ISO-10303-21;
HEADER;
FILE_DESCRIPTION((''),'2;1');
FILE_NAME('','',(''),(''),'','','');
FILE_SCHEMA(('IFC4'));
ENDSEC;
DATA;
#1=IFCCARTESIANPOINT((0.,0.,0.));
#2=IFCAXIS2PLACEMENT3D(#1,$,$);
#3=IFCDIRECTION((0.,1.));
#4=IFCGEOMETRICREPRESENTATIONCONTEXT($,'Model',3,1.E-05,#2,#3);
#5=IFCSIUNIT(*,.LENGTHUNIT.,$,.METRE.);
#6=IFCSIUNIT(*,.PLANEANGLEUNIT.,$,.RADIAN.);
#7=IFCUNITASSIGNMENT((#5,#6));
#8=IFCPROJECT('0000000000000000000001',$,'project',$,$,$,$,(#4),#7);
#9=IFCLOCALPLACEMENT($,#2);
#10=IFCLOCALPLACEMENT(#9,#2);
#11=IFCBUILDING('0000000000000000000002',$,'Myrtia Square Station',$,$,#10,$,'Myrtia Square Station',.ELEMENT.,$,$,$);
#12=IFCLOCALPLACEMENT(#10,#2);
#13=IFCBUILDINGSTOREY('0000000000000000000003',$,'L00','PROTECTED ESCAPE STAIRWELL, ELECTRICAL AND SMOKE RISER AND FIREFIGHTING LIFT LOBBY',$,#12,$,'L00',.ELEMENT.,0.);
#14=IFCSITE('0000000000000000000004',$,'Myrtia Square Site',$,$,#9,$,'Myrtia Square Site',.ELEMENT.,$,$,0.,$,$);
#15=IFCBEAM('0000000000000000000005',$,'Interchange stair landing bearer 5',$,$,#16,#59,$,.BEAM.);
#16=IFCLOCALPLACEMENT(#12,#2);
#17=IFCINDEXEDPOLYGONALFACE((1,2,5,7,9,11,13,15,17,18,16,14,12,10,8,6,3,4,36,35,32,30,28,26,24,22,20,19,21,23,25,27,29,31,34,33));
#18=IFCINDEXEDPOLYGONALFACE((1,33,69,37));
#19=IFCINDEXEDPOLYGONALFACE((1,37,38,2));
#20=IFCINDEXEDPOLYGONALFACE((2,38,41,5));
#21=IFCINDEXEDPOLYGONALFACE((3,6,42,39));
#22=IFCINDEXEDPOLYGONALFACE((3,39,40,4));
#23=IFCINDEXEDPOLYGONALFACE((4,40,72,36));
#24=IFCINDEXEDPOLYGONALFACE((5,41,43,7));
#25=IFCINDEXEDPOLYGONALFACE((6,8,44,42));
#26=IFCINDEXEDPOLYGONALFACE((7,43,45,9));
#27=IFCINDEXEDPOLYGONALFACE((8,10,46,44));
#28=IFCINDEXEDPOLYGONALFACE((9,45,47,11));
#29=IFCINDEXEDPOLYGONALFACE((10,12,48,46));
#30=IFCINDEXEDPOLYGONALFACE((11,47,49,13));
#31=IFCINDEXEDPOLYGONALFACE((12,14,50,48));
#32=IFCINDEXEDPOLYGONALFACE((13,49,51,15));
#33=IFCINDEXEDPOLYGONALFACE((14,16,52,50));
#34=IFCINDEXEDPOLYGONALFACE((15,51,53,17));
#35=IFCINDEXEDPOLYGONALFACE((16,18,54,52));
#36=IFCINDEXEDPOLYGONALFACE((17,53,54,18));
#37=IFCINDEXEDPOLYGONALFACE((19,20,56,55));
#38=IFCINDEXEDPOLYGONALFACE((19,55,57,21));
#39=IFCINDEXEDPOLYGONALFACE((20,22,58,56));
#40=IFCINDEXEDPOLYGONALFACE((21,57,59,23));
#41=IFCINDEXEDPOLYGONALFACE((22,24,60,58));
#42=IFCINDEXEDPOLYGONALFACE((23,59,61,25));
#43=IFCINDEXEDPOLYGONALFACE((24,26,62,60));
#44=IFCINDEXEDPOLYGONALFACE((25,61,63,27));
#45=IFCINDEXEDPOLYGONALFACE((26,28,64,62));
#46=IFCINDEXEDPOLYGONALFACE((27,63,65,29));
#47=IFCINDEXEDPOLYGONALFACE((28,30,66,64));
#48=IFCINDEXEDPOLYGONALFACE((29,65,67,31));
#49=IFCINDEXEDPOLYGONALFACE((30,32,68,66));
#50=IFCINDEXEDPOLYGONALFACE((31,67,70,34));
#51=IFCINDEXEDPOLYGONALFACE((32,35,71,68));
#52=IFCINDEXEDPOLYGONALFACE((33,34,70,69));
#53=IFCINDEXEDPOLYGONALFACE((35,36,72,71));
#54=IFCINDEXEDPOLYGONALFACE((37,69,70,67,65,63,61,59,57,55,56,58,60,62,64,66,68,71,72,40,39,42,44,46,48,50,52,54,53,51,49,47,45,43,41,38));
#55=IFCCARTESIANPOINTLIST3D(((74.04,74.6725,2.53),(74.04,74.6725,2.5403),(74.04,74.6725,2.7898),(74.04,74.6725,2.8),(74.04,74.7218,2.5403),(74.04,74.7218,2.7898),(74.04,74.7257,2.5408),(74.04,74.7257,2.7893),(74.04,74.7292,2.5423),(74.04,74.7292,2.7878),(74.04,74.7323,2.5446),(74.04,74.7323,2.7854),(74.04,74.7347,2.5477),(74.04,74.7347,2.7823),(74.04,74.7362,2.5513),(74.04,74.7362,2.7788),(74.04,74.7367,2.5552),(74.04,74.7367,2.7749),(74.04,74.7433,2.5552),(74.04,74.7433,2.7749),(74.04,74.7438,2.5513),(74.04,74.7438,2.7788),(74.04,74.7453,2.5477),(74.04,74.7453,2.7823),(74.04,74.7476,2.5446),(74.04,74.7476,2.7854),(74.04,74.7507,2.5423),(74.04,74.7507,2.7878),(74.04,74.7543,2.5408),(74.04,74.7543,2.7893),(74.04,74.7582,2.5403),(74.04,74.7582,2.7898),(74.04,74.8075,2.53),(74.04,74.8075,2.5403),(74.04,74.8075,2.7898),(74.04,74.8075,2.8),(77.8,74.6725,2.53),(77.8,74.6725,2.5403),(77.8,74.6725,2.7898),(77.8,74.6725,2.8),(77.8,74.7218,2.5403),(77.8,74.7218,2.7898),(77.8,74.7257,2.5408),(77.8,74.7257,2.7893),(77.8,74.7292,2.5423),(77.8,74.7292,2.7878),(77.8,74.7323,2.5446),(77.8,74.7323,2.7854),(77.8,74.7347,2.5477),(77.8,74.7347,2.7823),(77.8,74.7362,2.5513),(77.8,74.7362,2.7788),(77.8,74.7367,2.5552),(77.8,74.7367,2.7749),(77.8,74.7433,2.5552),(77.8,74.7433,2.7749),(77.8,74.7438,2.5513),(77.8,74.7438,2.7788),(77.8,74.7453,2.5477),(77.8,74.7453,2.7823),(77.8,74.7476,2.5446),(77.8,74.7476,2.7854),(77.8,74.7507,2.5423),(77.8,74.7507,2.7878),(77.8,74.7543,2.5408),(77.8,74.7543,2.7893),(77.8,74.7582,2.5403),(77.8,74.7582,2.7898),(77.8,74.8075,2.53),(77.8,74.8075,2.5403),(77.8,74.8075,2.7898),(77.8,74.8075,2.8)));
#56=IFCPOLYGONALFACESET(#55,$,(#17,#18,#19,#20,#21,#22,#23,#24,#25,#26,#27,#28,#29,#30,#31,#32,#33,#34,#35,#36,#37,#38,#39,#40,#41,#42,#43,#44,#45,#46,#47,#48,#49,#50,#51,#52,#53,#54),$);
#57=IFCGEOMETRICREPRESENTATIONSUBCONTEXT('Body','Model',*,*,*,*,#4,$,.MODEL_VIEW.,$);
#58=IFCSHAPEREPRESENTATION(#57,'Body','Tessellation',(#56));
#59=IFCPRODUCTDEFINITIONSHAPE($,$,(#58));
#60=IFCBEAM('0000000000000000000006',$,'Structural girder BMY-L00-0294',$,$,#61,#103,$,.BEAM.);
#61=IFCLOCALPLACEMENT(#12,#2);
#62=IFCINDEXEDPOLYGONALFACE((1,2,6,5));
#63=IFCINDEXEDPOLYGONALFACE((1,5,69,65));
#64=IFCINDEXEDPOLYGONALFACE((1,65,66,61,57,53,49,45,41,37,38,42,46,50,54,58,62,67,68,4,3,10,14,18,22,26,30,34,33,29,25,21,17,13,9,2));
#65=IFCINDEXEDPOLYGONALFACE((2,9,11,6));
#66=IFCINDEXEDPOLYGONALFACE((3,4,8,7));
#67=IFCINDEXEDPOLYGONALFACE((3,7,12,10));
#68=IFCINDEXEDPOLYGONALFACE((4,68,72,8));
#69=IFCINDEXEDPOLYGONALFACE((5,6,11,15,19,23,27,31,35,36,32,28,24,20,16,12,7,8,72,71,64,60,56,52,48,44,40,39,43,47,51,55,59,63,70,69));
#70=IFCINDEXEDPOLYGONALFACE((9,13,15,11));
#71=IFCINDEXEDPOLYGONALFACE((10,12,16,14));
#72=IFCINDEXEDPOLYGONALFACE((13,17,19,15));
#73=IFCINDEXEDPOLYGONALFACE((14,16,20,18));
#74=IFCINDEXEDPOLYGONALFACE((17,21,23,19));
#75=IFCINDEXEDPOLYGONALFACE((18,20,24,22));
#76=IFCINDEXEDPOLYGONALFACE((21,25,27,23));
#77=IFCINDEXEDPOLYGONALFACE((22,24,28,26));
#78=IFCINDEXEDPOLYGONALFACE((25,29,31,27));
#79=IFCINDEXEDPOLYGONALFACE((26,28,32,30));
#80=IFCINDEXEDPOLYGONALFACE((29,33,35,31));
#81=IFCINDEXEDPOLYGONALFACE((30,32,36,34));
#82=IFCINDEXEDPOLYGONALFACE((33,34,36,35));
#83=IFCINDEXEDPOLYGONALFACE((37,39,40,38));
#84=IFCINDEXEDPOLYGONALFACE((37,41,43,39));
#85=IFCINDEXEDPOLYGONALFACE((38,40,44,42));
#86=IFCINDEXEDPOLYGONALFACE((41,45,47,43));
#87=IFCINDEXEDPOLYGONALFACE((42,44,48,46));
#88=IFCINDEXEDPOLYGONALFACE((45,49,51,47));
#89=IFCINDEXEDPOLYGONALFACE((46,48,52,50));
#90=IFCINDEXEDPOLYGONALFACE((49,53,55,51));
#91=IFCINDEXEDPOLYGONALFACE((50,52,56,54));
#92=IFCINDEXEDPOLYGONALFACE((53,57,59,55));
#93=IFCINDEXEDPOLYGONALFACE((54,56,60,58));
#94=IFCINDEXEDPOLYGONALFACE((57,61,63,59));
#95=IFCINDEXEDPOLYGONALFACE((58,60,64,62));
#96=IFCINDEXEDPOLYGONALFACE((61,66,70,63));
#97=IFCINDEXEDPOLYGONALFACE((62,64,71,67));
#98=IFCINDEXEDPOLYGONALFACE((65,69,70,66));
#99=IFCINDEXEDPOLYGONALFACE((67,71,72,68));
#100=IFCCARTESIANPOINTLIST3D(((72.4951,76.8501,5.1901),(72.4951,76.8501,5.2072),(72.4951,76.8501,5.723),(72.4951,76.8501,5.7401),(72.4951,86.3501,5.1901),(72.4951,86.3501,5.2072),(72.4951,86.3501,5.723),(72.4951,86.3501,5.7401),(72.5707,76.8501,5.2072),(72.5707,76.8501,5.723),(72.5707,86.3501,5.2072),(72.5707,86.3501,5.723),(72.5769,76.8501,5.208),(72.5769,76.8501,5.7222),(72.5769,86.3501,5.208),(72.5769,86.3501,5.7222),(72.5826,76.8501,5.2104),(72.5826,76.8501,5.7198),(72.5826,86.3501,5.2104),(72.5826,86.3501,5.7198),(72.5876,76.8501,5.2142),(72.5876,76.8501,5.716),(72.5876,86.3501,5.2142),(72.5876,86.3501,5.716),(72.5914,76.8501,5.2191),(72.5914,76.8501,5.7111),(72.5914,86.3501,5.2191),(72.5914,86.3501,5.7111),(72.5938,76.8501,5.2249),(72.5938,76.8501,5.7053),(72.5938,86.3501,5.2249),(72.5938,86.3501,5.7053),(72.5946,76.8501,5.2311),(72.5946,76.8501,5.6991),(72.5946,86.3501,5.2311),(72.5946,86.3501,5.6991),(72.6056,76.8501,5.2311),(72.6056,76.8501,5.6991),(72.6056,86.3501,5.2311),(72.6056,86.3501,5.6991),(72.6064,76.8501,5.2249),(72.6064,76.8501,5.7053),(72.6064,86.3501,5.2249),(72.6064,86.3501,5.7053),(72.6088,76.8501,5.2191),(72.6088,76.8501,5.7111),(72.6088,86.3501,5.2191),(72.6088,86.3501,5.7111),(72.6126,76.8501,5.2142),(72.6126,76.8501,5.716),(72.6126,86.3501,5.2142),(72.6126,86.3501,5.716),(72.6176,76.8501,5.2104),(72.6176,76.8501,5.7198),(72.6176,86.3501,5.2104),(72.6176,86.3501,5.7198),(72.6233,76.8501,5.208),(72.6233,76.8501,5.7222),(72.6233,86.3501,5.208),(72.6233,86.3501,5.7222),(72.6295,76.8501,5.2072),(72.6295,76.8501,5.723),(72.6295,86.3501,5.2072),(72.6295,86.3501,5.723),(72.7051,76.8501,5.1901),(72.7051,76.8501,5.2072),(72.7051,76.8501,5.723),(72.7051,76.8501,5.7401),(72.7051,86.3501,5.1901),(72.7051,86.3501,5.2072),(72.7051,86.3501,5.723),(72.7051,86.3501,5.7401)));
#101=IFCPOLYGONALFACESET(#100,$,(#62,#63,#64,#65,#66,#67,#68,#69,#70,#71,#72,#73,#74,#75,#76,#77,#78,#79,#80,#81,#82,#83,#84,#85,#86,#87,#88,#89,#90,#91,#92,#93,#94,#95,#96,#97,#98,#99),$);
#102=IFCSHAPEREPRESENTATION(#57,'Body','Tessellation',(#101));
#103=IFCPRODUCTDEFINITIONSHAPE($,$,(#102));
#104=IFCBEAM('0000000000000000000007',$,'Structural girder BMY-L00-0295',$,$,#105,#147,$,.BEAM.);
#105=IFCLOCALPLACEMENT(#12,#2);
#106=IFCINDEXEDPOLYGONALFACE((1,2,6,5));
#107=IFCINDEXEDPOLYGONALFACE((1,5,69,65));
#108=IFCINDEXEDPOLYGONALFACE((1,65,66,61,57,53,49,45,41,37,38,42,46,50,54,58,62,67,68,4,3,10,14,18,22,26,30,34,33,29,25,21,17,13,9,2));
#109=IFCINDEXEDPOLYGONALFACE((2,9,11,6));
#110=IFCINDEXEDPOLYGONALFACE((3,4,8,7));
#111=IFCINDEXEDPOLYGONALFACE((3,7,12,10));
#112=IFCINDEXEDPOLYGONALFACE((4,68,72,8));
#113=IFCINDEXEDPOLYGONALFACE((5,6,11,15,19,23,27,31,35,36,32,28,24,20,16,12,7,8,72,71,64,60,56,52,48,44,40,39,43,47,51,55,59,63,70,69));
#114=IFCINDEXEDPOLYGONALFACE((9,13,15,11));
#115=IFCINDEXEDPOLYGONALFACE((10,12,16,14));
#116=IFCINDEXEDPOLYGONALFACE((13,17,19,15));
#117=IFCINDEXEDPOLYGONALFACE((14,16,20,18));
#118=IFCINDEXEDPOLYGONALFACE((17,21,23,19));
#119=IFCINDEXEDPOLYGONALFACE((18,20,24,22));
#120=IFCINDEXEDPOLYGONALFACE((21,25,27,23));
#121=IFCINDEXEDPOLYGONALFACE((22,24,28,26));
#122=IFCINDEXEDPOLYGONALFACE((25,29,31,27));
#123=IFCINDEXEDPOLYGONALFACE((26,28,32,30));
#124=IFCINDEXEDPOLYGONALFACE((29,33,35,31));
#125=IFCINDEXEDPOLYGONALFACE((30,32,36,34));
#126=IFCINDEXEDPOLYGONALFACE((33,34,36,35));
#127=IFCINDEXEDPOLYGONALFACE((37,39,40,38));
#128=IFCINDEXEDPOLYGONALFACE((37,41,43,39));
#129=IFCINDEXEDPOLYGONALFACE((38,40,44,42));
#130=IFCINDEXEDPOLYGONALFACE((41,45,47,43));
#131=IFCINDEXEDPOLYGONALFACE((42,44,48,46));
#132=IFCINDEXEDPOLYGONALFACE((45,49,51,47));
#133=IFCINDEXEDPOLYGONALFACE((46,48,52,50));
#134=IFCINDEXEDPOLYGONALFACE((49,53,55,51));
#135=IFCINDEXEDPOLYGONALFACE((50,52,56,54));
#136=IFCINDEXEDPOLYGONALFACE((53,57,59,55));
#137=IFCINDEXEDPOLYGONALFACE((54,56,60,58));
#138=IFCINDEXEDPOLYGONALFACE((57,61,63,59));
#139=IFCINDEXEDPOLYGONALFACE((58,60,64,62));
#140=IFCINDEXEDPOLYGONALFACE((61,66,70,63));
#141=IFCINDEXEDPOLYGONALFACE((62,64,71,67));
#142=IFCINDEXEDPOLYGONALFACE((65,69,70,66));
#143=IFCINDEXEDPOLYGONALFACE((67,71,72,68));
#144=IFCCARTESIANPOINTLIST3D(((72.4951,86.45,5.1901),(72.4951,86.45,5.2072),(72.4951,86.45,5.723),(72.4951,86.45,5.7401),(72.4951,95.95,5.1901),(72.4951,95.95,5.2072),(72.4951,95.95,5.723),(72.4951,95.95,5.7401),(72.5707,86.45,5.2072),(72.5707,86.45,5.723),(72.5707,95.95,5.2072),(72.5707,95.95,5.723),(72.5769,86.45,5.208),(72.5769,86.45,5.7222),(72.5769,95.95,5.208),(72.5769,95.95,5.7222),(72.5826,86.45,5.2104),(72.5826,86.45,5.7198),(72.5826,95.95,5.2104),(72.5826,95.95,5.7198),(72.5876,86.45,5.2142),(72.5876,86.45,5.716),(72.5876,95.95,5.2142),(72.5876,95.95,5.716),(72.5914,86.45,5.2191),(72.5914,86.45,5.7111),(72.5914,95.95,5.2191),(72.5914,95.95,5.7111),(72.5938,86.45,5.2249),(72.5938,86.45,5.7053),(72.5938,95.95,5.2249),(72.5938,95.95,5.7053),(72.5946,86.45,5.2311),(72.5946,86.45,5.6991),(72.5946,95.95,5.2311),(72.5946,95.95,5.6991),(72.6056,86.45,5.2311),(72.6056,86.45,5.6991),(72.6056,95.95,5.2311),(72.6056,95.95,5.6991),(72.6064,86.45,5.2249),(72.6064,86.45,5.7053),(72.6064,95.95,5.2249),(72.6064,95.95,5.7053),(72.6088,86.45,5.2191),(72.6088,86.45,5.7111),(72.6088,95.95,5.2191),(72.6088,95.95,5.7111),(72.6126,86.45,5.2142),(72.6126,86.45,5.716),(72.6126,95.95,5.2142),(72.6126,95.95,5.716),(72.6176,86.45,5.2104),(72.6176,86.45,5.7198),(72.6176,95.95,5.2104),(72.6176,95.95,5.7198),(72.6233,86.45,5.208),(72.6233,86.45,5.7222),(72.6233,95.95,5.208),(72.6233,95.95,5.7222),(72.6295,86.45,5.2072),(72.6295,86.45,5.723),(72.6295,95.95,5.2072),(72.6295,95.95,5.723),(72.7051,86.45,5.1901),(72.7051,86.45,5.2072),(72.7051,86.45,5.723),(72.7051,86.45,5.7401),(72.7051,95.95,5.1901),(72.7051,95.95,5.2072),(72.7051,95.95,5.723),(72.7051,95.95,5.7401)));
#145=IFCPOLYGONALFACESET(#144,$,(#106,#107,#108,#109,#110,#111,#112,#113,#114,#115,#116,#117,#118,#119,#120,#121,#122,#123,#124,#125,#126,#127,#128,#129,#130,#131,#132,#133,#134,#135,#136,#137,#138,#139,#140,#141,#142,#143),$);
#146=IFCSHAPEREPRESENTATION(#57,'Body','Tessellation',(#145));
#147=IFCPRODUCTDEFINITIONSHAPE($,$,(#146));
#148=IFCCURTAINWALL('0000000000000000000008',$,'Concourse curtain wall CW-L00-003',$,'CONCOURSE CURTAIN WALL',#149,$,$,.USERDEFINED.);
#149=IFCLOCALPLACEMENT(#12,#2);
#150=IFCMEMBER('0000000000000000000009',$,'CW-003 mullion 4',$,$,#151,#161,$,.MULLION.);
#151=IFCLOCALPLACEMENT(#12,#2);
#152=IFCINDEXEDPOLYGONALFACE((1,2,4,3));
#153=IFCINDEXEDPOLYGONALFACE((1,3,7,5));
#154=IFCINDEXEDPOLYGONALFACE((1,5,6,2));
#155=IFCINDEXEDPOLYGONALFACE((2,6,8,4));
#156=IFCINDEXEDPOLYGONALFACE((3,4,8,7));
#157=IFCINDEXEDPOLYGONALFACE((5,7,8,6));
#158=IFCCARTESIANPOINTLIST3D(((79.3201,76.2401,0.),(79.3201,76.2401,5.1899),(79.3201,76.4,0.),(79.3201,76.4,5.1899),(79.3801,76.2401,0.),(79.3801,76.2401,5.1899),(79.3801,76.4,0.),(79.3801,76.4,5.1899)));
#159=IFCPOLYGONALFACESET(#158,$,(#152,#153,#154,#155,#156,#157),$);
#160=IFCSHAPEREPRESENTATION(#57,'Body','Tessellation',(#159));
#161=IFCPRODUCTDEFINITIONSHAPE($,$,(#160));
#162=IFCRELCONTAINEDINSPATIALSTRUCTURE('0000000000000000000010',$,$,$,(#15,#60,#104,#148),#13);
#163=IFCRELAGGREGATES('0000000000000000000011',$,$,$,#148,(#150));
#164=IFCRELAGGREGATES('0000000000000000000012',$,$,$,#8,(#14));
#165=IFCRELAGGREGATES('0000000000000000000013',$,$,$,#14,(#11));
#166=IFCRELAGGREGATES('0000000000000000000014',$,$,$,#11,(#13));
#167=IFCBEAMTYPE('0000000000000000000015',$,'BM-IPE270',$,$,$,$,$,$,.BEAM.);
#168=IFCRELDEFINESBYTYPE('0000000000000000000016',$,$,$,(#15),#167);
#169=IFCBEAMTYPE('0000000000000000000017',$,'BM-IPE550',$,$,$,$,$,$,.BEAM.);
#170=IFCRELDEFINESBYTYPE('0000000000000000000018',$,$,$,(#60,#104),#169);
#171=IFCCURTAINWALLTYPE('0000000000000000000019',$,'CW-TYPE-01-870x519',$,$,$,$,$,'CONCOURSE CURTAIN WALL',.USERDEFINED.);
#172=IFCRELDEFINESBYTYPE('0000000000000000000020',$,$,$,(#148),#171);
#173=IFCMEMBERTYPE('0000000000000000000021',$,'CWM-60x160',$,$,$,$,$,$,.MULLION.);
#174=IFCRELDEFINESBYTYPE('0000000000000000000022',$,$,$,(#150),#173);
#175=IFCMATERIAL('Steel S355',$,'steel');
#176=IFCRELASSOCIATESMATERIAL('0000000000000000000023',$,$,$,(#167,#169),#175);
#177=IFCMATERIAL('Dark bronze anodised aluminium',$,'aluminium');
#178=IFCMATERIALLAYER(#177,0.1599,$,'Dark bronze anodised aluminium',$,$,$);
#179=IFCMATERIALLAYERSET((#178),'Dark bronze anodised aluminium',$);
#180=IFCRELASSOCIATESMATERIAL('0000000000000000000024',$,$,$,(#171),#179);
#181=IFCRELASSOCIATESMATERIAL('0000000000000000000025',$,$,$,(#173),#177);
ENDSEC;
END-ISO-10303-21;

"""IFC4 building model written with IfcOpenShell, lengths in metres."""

from ifc_helpers import new_model, si_unit, direction, frame, origin, origin_2d, place, context, subcontext, project, spatial, rectangle, i_section, extrude, material, layer, layer_set, material_profile, profile_set, type_object, element, aggregate, save


model = new_model("IFC4")

# Units and contexts
model_context = context("Model", 3, precision=1e-05, world=origin(), true_north=direction((0.0, 1.0)))
body_context = subcontext(model_context, "Body", "Model", "MODEL_VIEW")
ifc_project = project(units=[si_unit("LENGTHUNIT", "METRE"), si_unit("PLANEANGLEUNIT", "RADIAN")], contexts=[model_context])

# Site, building, storey
site_placement = place(None, origin())
site = spatial("IfcSite", under=ifc_project, at=site_placement, Name="Myrtia Square Site", LongName="Myrtia Square Site", CompositionType="ELEMENT", RefElevation=0.0)
building_placement = place(site_placement, origin())
building = spatial("IfcBuilding", under=site, at=building_placement, Name="Myrtia Square Station", LongName="Myrtia Square Station", CompositionType="ELEMENT")
storey_placement = place(building_placement, origin())
storey = spatial("IfcBuildingStorey", under=building, at=storey_placement, Name="L00", Description="PROTECTED ESCAPE STAIRWELL, ELECTRICAL AND SMOKE RISER AND FIREFIGHTING LIFT LOBBY", LongName="L00", CompositionType="ELEMENT", Elevation=0.0)

# Shared definitions
ifc_material_1 = material(Name="Steel S355", Category="steel")

# Beams
ifc_material_profile_1 = material_profile(ifc_material_1, i_section(OverallWidth=0.135, OverallDepth=0.27, WebThickness=0.0066, FlangeThickness=0.0103, FilletRadius=0.0149, at=origin_2d()), Name="IPE 270")
ifc_profile_set_1 = profile_set([ifc_material_profile_1], Name="Steel S355")
beam_type_1 = type_object("IfcBeamType", Name="BM-IPE270", PredefinedType="BEAM", material=ifc_profile_set_1)
beam_1_placement = place(storey_placement, frame((74.04, 74.74, 2.665), z_axis=(1.0, 0.0, 0.0), x_axis=(0.0, 1.0, 0.0)))
element("IfcBeam", 1, at=beam_1_placement, inside=storey, type_object=beam_type_1, Name="Interchange stair landing bearer 5", PredefinedType="BEAM", context=body_context, shape_type="SweptSolid", body=[
    extrude(i_section(OverallWidth=0.135, OverallDepth=0.27, WebThickness=0.0066, FlangeThickness=0.0103, FilletRadius=0.0149, at=origin_2d()), origin(), (0.0, 0.0, 1.0), 3.76),
])
ifc_material_profile_2 = material_profile(ifc_material_1, i_section(OverallWidth=0.21, OverallDepth=0.55, WebThickness=0.011, FlangeThickness=0.0171, FilletRadius=0.0239, at=origin_2d()), Name="IPE 550")
ifc_profile_set_2 = profile_set([ifc_material_profile_2], Name="Steel S355")
beam_type_2 = type_object("IfcBeamType", Name="BM-IPE550", PredefinedType="BEAM", material=ifc_profile_set_2)
for number, where, z_axis, x_axis, name in (
    (2, (72.6001, 76.8501, 5.4651), (0.0, 1.0, 0.0), (-1.0, 0.0, 0.0), "Structural girder BMY-L00-0294"),
    (3, (72.6001, 86.45, 5.4651), (0.0, 1.0, 0.0), (-1.0, 0.0, 0.0), "Structural girder BMY-L00-0295"),
):
    element("IfcBeam", number, at=place(storey_placement, frame(where, z_axis=z_axis, x_axis=x_axis)), inside=storey, type_object=beam_type_2, Name=name, PredefinedType="BEAM", context=body_context, shape_type="SweptSolid", body=[
        extrude(i_section(OverallWidth=0.21, OverallDepth=0.55, WebThickness=0.011, FlangeThickness=0.0171, FilletRadius=0.0239, at=origin_2d()), origin(), (0.0, 0.0, 1.0), 9.5),
    ])

# Curtain wall, member
ifc_material_2 = material(Name="Dark bronze anodised aluminium", Category="aluminium")
ifc_layer_1 = layer(ifc_material_2, 0.1599, Name="Dark bronze anodised aluminium")
ifc_layer_set_1 = layer_set([ifc_layer_1], Name="Dark bronze anodised aluminium")
curtain_wall_type = type_object("IfcCurtainWallType", Name="CW-TYPE-01-870x519", ElementType="CONCOURSE CURTAIN WALL", PredefinedType="USERDEFINED", material=ifc_layer_set_1)
curtain_wall_placement = place(storey_placement, origin())
curtain_wall = element("IfcCurtainWall", 4, at=curtain_wall_placement, inside=storey, type_object=curtain_wall_type, Name="Concourse curtain wall CW-L00-003", ObjectType="CONCOURSE CURTAIN WALL", PredefinedType="USERDEFINED")
ifc_material_profile_3 = material_profile(ifc_material_2, rectangle(XDim=0.0601, YDim=0.1599, at=origin_2d()), Name="ALU-M 60x160")
ifc_profile_set_3 = profile_set([ifc_material_profile_3], Name="Dark bronze anodised aluminium")
member_type = type_object("IfcMemberType", Name="CWM-60x160", PredefinedType="MULLION", material=ifc_profile_set_3)
member_placement = place(storey_placement, frame((79.3501, 76.3201, 0.0), z_axis=(0.0, 0.0, 1.0), x_axis=(-1.0, 0.0, 0.0)))
member = element("IfcMember", 5, at=member_placement, type_object=member_type, Name="CW-003 mullion 4", PredefinedType="MULLION", context=body_context, shape_type="SweptSolid", body=[
    extrude(rectangle(XDim=0.0601, YDim=0.1599, at=origin_2d()), origin(), (0.0, 0.0, 1.0), 5.1899),
])

aggregate(curtain_wall, [member])

save(model, "model.ifc")
